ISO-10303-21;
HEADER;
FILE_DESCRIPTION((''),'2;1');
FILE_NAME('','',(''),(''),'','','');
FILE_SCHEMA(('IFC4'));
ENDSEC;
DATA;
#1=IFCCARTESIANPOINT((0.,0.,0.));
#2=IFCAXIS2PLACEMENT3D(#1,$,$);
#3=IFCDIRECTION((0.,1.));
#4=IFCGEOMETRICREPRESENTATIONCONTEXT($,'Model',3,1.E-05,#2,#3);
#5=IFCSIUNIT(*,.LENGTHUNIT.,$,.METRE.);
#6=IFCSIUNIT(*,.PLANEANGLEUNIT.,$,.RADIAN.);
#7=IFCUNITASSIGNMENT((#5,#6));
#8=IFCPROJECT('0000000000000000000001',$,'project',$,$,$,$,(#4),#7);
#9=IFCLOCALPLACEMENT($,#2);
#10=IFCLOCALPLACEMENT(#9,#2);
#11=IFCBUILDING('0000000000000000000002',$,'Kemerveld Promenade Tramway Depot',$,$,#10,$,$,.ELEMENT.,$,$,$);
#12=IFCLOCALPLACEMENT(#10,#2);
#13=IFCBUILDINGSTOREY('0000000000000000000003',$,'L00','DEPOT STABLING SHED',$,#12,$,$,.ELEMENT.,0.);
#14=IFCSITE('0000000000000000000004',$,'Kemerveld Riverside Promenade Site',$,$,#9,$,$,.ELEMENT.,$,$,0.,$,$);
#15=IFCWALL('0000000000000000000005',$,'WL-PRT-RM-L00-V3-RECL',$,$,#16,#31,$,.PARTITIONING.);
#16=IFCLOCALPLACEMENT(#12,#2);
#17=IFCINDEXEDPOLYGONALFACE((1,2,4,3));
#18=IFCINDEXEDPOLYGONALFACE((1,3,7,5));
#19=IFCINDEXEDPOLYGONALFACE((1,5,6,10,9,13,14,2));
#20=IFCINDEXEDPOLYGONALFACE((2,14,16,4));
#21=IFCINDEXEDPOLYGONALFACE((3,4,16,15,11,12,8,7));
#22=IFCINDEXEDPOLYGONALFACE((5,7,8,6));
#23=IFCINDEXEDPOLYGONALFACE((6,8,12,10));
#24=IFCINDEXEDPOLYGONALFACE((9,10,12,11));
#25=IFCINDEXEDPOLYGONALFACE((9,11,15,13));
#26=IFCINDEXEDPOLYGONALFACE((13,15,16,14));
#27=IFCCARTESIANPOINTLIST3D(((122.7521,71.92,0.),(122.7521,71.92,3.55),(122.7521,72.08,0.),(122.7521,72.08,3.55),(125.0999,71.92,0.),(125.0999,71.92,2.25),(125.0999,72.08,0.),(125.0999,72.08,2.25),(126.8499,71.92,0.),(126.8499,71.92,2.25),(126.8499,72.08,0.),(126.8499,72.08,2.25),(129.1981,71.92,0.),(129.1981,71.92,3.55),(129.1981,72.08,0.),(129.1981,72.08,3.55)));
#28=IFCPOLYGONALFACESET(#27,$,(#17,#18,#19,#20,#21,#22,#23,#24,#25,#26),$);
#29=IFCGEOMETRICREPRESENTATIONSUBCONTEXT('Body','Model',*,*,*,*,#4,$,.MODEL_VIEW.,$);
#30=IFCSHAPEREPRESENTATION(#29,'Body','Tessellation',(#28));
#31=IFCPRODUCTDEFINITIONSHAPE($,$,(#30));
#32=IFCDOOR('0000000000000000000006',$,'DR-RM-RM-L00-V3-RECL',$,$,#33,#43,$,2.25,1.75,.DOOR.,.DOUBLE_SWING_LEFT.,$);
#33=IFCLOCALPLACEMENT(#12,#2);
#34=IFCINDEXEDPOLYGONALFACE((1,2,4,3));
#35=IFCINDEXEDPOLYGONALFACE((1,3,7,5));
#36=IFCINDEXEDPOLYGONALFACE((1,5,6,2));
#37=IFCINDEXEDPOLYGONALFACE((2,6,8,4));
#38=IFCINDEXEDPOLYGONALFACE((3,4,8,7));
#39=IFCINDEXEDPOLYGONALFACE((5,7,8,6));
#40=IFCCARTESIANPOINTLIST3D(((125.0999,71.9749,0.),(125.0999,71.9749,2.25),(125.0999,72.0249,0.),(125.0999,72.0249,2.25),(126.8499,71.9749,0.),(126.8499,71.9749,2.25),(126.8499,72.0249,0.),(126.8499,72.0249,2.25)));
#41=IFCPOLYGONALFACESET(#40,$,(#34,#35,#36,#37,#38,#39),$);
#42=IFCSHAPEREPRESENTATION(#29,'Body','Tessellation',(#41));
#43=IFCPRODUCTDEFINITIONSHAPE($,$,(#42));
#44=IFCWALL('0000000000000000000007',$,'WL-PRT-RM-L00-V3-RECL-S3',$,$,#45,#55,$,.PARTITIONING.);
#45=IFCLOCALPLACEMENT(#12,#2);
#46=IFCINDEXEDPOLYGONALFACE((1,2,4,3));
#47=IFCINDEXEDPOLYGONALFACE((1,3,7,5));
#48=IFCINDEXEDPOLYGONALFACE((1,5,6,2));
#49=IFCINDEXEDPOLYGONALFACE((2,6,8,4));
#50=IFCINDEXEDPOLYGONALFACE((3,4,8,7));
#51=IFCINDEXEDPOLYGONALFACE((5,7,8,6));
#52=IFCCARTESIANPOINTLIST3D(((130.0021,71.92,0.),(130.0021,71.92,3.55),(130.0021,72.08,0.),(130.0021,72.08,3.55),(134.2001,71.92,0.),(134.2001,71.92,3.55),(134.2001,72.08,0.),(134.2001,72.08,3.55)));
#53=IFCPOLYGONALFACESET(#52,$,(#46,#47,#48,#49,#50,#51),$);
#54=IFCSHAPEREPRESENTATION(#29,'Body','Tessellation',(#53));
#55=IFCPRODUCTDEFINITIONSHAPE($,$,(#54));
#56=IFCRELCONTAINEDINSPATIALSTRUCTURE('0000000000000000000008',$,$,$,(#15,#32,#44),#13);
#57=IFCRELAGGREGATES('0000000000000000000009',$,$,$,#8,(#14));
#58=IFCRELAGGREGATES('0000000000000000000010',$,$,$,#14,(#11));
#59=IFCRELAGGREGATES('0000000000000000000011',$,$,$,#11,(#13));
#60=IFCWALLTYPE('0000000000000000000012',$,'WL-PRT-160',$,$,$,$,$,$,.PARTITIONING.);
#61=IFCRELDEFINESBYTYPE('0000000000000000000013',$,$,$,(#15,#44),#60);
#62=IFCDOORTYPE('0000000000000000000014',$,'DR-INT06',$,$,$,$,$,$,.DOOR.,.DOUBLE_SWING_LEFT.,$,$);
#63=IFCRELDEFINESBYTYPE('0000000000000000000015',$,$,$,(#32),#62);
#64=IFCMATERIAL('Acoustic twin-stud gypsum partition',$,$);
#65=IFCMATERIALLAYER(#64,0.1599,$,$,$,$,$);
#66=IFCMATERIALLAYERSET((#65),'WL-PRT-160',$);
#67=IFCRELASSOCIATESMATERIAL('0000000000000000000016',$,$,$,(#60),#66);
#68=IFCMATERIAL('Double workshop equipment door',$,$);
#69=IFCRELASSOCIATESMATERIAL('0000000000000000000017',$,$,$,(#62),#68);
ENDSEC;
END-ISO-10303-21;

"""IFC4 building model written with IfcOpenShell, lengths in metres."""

from ifc_helpers import new_model, si_unit, direction, frame, frame_2d, origin, place, context, subcontext, project, spatial, rectangle, extrude, material, layer, layer_set, type_object, element, fill, save


model = new_model("IFC4")

# Units and contexts
model_context = context("Model", 3, precision=1e-05, world=origin(), true_north=direction((0.0, 1.0)))
body_context = subcontext(model_context, "Body", "Model", "MODEL_VIEW")
ifc_project = project(units=[si_unit("LENGTHUNIT", "METRE"), si_unit("PLANEANGLEUNIT", "RADIAN")], contexts=[model_context])

# Site, building, storey
site_placement = place(None, origin())
site = spatial("IfcSite", under=ifc_project, at=site_placement, Name="Kemerveld Riverside Promenade Site", CompositionType="ELEMENT", RefElevation=0.0)
building_placement = place(site_placement, origin())
building = spatial("IfcBuilding", under=site, at=building_placement, Name="Kemerveld Promenade Tramway Depot", CompositionType="ELEMENT")
storey_placement = place(building_placement, origin())
storey = spatial("IfcBuildingStorey", under=building, at=storey_placement, Name="L00", Description="DEPOT STABLING SHED", CompositionType="ELEMENT", Elevation=0.0)

# Wall, opening, door
ifc_material_1 = material(Name="Acoustic twin-stud gypsum partition")
ifc_layer_1 = layer(ifc_material_1, 0.1599)
ifc_layer_set_1 = layer_set([ifc_layer_1], Name="WL-PRT-160")
wall_type_1 = type_object("IfcWallType", Name="WL-PRT-160", PredefinedType="PARTITIONING", material=ifc_layer_set_1)
wall_1_placement = place(storey_placement, frame((122.752, 72.0, 0.0), z_axis=(0.0, 0.0, 1.0), x_axis=(1.0, 0.0, 0.0)))
wall_1 = element("IfcWall", 1, at=wall_1_placement, inside=storey, type_object=wall_type_1, Name="WL-PRT-RM-L00-V3-RECL", PredefinedType="PARTITIONING", context=body_context, shape_type="SweptSolid", body=[
    extrude(rectangle(XDim=6.446, YDim=0.1599, at=frame_2d((3.2231, 0.0))), origin(), (0.0, 0.0, 1.0), 3.55),
])
opening_1_placement = place(wall_1_placement, frame((2.3479, 0.0, 0.0)))
opening_1 = element("IfcOpeningElement", 2, at=opening_1_placement, cuts=wall_1, PredefinedType="OPENING", context=body_context, shape_type="SweptSolid", body=[
    extrude(rectangle(XDim=1.75, YDim=2.25, at=frame_2d((0.875, 1.125))), frame((0.0, 0.0898, 0.0), z_axis=(0.0, -1.0, 0.0), x_axis=(1.0, 0.0, 0.0)), (0.0, 0.0, 1.0), 0.1799),
])
ifc_material_2 = material(Name="Double workshop equipment door")
door_type = type_object("IfcDoorType", Name="DR-INT06", OperationType="DOUBLE_SWING_LEFT", PredefinedType="DOOR", material=ifc_material_2)
door_placement = place(opening_1_placement, origin())
door = element("IfcDoor", 3, at=door_placement, inside=storey, type_object=door_type, Name="DR-RM-RM-L00-V3-RECL", OperationType="DOUBLE_SWING_LEFT", OverallHeight=2.25, OverallWidth=1.75, PredefinedType="DOOR", context=body_context, shape_type="SweptSolid", body=[
    extrude(rectangle(XDim=1.75, YDim=2.25, at=frame_2d((0.875, 1.125))), frame((0.0, 0.0249, 0.0), z_axis=(0.0, -1.0, 0.0), x_axis=(1.0, 0.0, 0.0)), (0.0, 0.0, 1.0), 0.05),
])
fill(opening_1, door)

# Wall
wall_2_placement = place(storey_placement, frame((130.002, 72.0, 0.0), z_axis=(0.0, 0.0, 1.0), x_axis=(1.0, 0.0, 0.0)))
element("IfcWall", 4, at=wall_2_placement, inside=storey, type_object=wall_type_1, Name="WL-PRT-RM-L00-V3-RECL-S3", PredefinedType="PARTITIONING", context=body_context, shape_type="SweptSolid", body=[
    extrude(rectangle(XDim=4.198, YDim=0.1599, at=frame_2d((2.0991, 0.0))), origin(), (0.0, 0.0, 1.0), 3.55),
])

save(model, "model.ifc")
